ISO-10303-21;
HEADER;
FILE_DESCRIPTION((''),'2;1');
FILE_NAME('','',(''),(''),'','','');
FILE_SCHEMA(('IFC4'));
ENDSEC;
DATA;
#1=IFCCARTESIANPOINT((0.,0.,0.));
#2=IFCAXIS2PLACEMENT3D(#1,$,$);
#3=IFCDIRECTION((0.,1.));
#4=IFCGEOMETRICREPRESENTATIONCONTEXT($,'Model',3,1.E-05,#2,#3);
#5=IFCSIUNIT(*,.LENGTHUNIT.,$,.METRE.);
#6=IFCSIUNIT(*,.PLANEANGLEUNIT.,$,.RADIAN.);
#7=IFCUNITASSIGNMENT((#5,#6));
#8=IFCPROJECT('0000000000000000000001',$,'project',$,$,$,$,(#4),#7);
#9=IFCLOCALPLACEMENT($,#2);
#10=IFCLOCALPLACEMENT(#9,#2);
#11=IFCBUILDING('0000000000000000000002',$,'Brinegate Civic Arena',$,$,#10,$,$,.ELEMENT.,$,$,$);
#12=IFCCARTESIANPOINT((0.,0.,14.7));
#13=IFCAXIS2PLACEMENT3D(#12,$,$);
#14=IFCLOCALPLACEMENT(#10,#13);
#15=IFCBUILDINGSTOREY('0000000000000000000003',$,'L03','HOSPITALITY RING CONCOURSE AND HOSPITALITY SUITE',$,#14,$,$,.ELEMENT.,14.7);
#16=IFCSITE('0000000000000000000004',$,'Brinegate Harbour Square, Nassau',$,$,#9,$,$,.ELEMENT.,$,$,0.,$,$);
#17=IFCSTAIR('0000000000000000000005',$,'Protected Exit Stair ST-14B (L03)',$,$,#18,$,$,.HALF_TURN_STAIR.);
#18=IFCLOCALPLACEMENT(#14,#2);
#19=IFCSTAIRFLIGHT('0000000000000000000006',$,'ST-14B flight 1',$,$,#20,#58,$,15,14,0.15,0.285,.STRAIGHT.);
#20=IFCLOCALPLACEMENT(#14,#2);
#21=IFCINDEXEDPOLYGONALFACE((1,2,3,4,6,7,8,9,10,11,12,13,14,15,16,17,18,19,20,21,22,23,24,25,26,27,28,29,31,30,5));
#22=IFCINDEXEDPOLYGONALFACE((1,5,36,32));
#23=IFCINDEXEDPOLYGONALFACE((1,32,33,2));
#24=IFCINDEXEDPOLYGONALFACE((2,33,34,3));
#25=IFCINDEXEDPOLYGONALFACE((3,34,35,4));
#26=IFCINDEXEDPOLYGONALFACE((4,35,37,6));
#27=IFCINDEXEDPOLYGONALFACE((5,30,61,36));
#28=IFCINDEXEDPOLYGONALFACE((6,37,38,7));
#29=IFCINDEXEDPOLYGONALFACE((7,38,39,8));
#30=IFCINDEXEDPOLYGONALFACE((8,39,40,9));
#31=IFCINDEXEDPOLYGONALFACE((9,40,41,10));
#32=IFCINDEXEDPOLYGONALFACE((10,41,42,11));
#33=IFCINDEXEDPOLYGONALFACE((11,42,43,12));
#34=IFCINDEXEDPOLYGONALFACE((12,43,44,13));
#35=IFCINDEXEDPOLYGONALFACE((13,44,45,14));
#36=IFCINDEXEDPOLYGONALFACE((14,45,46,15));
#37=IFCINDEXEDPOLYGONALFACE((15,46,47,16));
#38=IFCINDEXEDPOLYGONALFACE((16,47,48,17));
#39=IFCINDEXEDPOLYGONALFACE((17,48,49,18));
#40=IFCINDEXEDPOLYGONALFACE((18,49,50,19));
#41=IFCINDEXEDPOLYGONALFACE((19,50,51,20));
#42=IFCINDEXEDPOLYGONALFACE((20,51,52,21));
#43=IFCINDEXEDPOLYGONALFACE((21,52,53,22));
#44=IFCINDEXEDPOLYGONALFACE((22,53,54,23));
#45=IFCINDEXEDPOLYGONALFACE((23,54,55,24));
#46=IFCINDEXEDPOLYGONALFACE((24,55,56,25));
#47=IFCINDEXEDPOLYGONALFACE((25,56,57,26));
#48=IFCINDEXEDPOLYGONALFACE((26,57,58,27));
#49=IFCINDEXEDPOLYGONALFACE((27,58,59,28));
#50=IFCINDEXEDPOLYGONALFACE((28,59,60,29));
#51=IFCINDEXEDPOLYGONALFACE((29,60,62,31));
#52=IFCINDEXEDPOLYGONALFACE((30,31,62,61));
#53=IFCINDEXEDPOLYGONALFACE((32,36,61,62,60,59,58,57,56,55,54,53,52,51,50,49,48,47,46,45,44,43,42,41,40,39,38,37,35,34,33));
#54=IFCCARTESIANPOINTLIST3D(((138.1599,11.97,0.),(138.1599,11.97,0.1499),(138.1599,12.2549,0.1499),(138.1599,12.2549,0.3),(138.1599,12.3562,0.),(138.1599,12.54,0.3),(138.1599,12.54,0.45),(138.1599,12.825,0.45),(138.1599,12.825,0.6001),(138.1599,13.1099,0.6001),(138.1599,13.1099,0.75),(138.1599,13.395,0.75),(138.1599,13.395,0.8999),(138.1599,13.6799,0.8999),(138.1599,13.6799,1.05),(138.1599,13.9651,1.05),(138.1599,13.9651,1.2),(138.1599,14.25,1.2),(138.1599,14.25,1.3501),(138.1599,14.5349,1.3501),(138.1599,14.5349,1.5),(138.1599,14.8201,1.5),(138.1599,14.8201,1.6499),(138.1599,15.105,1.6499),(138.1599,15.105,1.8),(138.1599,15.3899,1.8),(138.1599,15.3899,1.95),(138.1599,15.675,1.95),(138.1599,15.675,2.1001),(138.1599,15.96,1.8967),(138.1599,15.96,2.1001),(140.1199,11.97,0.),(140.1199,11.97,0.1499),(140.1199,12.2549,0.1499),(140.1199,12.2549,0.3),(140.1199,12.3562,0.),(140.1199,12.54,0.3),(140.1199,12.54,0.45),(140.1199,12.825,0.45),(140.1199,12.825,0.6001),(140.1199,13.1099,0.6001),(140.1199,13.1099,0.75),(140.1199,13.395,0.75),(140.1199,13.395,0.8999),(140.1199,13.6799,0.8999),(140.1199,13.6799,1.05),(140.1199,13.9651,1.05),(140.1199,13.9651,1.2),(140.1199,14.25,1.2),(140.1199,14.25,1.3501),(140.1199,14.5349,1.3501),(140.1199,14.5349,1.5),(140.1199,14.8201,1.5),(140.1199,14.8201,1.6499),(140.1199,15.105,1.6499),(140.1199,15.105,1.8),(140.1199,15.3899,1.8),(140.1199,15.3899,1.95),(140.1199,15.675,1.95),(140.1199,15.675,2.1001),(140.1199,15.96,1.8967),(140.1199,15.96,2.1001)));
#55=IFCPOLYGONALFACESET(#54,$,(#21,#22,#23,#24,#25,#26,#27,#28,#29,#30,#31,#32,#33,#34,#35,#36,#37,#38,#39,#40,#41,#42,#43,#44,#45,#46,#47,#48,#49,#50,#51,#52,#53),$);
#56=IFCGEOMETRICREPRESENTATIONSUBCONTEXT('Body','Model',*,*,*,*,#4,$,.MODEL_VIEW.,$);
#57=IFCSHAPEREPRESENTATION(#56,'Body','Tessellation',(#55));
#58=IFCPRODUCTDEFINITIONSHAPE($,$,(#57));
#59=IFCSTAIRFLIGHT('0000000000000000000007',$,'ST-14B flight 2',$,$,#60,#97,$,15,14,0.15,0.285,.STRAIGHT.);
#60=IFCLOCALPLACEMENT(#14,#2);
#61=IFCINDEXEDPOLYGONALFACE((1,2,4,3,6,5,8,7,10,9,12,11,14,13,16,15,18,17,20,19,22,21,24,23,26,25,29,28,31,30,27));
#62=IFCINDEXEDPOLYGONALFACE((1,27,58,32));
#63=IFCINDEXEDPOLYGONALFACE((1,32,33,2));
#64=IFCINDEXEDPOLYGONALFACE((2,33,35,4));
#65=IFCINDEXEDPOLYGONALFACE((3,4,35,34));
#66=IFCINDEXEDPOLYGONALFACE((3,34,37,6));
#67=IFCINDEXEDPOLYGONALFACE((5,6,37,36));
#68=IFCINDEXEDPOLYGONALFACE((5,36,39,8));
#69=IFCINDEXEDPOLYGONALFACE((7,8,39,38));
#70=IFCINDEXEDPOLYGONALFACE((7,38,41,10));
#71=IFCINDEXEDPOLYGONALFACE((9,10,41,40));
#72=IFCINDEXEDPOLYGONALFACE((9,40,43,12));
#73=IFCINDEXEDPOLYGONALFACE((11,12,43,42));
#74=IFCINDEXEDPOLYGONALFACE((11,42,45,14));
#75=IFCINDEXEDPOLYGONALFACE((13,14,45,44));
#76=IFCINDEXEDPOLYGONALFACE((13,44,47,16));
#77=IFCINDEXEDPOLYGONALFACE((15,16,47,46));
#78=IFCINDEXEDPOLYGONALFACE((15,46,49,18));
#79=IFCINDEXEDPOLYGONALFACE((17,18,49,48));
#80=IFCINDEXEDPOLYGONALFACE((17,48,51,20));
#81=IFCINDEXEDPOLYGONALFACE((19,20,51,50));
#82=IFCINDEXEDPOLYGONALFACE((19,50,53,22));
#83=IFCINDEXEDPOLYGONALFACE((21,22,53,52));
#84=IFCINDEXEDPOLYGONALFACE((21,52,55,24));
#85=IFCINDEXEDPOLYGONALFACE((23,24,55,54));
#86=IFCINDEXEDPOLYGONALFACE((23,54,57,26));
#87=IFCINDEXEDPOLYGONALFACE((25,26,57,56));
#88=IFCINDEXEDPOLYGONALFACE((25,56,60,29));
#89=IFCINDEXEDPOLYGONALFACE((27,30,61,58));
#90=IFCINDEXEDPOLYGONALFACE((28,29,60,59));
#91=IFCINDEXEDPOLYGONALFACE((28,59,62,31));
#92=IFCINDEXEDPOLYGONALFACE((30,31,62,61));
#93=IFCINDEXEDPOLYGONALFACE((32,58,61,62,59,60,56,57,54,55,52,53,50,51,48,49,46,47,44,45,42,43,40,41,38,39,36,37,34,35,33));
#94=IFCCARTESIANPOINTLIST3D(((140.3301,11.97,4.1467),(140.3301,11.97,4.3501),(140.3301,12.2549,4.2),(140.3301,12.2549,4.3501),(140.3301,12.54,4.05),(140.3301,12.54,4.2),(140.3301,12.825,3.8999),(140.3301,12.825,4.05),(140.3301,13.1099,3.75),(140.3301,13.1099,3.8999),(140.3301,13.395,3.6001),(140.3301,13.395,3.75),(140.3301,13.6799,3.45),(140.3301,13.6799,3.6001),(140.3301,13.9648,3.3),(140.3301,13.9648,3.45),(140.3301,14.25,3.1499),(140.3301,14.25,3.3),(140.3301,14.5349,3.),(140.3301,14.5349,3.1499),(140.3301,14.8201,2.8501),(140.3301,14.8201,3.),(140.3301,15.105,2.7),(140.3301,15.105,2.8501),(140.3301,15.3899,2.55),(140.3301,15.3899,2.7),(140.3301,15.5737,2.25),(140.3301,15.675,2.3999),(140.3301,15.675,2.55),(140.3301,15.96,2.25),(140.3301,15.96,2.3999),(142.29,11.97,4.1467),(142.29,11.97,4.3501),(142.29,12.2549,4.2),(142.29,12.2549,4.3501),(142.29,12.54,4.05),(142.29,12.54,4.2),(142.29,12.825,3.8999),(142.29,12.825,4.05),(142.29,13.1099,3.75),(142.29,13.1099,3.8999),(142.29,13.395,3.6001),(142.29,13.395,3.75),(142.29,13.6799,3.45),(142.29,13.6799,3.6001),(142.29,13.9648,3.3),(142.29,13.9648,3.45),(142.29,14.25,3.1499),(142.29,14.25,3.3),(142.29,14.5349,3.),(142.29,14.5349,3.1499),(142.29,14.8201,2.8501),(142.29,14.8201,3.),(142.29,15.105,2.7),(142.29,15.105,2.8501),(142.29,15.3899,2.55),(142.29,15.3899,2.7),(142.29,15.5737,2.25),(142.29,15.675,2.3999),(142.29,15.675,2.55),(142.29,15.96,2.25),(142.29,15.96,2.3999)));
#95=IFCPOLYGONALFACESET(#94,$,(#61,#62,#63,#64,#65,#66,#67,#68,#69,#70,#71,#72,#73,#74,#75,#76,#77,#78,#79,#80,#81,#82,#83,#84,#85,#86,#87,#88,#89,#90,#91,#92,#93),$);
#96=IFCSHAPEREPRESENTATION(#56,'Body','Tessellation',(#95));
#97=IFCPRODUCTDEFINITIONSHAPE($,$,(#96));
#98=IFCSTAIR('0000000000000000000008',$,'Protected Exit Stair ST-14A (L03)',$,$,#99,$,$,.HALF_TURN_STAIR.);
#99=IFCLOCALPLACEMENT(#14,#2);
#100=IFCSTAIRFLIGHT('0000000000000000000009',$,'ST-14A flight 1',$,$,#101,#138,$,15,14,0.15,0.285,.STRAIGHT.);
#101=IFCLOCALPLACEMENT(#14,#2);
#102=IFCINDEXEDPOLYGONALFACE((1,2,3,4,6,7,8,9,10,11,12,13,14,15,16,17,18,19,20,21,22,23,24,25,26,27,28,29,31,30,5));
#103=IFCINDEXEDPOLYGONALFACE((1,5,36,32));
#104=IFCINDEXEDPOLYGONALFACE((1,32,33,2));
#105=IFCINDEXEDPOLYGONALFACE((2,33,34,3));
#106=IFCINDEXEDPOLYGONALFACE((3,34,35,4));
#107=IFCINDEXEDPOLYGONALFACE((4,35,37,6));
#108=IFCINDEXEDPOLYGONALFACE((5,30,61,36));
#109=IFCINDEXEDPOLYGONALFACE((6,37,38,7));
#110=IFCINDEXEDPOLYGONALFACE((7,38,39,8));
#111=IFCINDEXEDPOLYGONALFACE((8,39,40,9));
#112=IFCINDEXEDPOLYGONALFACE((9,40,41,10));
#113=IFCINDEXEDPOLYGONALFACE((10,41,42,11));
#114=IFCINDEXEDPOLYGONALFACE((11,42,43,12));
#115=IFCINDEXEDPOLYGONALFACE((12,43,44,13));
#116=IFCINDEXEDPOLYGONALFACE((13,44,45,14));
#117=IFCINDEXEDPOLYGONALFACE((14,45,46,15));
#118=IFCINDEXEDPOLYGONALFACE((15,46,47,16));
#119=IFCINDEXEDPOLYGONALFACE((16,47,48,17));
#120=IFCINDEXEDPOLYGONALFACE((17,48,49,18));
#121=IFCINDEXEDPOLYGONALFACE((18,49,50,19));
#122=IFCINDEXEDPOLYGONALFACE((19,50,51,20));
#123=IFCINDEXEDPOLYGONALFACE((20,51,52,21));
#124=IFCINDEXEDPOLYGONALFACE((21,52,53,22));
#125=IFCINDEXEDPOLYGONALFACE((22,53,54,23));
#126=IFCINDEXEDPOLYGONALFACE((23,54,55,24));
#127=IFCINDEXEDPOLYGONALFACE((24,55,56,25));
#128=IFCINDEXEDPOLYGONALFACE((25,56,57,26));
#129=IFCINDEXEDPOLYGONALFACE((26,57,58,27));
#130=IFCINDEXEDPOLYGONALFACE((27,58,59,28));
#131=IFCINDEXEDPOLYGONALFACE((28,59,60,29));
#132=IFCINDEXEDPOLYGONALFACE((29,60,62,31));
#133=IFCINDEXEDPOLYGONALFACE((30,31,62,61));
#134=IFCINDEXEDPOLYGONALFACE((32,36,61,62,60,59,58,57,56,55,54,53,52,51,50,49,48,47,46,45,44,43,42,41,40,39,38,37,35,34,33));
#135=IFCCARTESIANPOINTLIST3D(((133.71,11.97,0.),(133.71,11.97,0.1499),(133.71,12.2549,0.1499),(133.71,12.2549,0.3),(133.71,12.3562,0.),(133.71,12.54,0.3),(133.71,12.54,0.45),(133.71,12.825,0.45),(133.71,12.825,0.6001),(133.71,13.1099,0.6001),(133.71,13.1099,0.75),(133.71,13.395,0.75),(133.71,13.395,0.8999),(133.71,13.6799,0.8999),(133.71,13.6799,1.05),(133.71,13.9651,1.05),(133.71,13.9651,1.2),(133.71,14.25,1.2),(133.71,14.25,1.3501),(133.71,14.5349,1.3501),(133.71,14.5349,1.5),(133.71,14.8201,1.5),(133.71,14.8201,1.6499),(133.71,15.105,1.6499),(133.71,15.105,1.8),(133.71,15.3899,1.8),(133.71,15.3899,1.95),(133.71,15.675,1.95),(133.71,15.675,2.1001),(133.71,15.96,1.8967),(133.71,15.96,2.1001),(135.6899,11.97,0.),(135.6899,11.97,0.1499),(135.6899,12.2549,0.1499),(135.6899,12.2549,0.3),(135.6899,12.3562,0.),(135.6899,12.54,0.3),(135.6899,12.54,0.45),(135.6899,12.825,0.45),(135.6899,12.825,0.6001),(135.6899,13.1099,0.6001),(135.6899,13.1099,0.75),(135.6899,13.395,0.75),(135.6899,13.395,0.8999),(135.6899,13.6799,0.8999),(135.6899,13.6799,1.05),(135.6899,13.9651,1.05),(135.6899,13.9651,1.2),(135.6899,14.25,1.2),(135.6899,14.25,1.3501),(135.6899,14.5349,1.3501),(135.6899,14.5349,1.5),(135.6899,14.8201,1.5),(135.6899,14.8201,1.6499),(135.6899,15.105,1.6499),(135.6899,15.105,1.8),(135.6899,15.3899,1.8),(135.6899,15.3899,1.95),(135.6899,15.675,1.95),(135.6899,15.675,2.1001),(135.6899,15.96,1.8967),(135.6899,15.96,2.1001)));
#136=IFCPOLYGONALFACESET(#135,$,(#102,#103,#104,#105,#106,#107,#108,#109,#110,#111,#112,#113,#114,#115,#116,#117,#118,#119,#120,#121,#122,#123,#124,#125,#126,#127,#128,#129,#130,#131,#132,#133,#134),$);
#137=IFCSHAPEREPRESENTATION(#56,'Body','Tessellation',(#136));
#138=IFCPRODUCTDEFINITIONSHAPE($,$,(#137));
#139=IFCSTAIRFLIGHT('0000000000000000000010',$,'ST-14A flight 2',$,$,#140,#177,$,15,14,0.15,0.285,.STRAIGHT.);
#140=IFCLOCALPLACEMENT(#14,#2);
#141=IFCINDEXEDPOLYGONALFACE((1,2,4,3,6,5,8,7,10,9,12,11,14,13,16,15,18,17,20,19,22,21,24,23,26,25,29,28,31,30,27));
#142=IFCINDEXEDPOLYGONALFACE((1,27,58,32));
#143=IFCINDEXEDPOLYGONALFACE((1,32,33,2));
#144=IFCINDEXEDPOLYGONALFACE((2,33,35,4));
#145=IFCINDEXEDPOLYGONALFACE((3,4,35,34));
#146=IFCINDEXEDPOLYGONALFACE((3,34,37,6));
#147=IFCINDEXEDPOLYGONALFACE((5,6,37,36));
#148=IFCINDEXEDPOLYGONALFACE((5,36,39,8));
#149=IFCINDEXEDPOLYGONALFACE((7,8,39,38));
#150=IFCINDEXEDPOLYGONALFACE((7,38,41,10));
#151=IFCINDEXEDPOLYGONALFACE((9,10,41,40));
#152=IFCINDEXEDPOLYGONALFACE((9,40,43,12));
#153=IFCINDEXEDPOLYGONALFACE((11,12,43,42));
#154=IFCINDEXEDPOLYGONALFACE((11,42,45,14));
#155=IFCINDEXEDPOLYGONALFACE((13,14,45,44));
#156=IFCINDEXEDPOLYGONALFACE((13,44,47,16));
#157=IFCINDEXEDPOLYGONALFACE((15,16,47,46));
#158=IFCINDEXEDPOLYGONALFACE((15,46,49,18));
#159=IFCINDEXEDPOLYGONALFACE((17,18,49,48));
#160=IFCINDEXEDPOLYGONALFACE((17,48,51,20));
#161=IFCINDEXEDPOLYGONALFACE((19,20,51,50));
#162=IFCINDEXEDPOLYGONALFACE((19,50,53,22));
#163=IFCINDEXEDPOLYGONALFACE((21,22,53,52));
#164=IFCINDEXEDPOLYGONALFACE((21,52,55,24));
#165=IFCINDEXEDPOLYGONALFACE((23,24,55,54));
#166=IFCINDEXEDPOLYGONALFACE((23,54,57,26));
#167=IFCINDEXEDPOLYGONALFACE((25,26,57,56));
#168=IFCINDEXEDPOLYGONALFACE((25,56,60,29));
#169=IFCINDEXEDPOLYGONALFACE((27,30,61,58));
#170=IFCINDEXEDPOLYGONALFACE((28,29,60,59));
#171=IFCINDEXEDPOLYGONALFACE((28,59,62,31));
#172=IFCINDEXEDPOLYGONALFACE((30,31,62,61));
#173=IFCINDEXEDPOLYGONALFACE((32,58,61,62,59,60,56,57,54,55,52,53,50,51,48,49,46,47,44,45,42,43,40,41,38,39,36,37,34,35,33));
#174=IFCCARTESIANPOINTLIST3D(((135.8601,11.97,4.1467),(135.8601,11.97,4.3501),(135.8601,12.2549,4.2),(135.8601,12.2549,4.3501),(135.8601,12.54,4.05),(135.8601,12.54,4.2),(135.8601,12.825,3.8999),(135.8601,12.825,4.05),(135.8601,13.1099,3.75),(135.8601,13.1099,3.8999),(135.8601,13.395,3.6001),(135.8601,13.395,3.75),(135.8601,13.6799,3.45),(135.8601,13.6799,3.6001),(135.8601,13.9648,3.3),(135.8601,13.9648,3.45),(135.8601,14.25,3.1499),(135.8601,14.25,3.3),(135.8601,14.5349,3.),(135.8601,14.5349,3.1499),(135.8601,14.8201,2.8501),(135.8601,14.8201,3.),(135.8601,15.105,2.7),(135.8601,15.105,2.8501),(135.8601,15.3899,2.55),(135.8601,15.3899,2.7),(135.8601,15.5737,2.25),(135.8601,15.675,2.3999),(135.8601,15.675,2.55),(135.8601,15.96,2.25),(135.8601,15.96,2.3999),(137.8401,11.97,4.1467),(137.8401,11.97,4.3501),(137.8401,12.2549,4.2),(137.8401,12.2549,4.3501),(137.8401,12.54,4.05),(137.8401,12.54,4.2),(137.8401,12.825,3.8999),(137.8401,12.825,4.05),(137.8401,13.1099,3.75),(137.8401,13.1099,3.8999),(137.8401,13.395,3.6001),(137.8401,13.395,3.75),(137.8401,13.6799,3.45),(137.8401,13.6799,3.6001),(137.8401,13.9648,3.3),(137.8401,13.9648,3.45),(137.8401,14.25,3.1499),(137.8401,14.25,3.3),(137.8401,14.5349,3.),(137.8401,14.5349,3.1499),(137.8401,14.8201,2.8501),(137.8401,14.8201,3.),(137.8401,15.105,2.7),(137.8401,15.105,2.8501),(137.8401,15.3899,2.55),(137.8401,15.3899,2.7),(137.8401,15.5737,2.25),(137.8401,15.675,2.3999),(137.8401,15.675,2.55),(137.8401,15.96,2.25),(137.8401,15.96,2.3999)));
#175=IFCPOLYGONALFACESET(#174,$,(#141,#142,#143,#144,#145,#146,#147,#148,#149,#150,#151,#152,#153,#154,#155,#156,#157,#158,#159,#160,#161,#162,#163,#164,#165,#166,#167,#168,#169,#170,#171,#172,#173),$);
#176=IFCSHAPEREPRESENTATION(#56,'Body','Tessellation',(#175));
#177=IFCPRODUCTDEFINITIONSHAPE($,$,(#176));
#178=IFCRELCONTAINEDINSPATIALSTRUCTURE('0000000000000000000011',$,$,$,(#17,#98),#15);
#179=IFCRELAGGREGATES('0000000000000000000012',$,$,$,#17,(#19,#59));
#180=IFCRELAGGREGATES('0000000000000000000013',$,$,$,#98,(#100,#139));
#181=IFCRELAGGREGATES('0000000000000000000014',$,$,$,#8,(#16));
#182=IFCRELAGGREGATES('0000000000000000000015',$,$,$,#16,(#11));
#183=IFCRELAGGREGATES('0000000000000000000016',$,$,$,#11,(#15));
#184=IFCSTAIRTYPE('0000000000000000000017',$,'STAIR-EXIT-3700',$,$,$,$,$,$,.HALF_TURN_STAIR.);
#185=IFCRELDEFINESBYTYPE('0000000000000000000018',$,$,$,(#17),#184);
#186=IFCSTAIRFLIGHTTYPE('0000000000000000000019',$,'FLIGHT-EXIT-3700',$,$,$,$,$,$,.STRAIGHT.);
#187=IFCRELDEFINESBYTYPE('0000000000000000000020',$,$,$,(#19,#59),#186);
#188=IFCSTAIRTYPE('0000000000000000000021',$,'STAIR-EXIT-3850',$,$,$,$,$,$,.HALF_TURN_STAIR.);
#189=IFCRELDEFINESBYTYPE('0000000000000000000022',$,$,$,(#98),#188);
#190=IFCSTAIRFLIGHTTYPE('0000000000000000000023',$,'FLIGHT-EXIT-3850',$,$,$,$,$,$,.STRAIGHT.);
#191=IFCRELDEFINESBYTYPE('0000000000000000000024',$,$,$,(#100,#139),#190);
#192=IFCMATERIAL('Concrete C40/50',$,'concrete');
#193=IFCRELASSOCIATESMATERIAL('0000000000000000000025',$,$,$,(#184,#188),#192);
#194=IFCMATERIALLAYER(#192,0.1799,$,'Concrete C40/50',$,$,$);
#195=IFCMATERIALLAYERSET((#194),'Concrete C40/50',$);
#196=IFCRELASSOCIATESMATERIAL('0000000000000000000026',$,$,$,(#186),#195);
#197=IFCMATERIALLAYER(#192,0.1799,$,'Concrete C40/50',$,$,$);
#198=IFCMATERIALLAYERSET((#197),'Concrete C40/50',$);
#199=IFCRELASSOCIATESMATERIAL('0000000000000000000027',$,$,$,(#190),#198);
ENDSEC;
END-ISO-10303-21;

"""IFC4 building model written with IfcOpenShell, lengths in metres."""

from ifc_helpers import new_model, si_unit, direction, frame, origin, place, context, subcontext, project, spatial, polyline, outline, extrude, material, layer, layer_set, type_object, element, aggregate, save


model = new_model("IFC4")

# Units and contexts
model_context = context("Model", 3, precision=1e-05, world=origin(), true_north=direction((0.0, 1.0)))
body_context = subcontext(model_context, "Body", "Model", "MODEL_VIEW")
ifc_project = project(units=[si_unit("LENGTHUNIT", "METRE"), si_unit("PLANEANGLEUNIT", "RADIAN")], contexts=[model_context])

# Site, building, storey
site_placement = place(None, origin())
site = spatial("IfcSite", under=ifc_project, at=site_placement, Name="Brinegate Harbour Square, Nassau", CompositionType="ELEMENT", RefElevation=0.0)
building_placement = place(site_placement, origin())
building = spatial("IfcBuilding", under=site, at=building_placement, Name="Brinegate Civic Arena", CompositionType="ELEMENT")
storey_placement = place(building_placement, frame((0.0, 0.0, 14.7)))
storey = spatial("IfcBuildingStorey", under=building, at=storey_placement, Name="L03", Description="HOSPITALITY RING CONCOURSE AND HOSPITALITY SUITE", CompositionType="ELEMENT", Elevation=14.7)

# Shared definitions
ifc_material_1 = material(Name="Concrete C40/50", Category="concrete")

# Stairs, stair flights
stair_type_1 = type_object("IfcStairType", Name="STAIR-EXIT-3700", PredefinedType="HALF_TURN_STAIR", material=ifc_material_1)
stair_1_placement = place(storey_placement, origin())
stair_1 = element("IfcStair", 1, at=stair_1_placement, inside=storey, type_object=stair_type_1, Name="Protected Exit Stair ST-14B (L03)", PredefinedType="HALF_TURN_STAIR")
ifc_layer_1 = layer(ifc_material_1, 0.1799, Name="Concrete C40/50")
ifc_layer_set_1 = layer_set([ifc_layer_1], Name="Concrete C40/50")
stair_flight_type_1 = type_object("IfcStairFlightType", Name="FLIGHT-EXIT-3700", PredefinedType="STRAIGHT", material=ifc_layer_set_1)
stair_flight_1_placement = place(storey_placement, frame((139.1399, 11.97, 0.0), z_axis=(0.0, 0.0, 1.0), x_axis=(0.0, 1.0, 0.0)))
stair_flight_1 = element("IfcStairFlight", 2, at=stair_flight_1_placement, type_object=stair_flight_type_1, Name="ST-14B flight 1", NumberOfRisers=15, NumberOfTreads=14, PredefinedType="STRAIGHT", RiserHeight=0.15, TreadLength=0.285, context=body_context, shape_type="SweptSolid", body=[
    extrude(outline(polyline([(0.0, 0.0), (0.0, 0.1499), (0.2849, 0.1499), (0.2849, 0.3), (0.5701, 0.3), (0.5701, 0.45), (0.855, 0.45), (0.855, 0.6001), (1.1399, 0.6001), (1.1399, 0.75), (1.425, 0.75), (1.425, 0.8999), (1.71, 0.8999), (1.71, 1.05), (1.9951, 1.05), (1.9951, 1.2), (2.28, 1.2), (2.28, 1.3501), (2.5649, 1.3501), (2.5649, 1.5), (2.8501, 1.5), (2.8501, 1.6499), (3.135, 1.6499), (3.135, 1.8), (3.4199, 1.8), (3.4199, 1.95), (3.7051, 1.95), (3.7051, 2.1001), (3.99, 2.1001), (3.99, 2.25), (3.99, 1.8967), (0.3862, 0.0), (0.0, 0.0)])), frame((0.0, 0.98, 0.0), z_axis=(0.0, -1.0, 0.0), x_axis=(1.0, 0.0, 0.0)), (0.0, 0.0, 1.0), 1.96),
])
stair_flight_2_placement = place(storey_placement, frame((141.3101, 15.96, 2.25), z_axis=(0.0, 0.0, 1.0), x_axis=(0.0, -1.0, 0.0)))
stair_flight_2 = element("IfcStairFlight", 3, at=stair_flight_2_placement, type_object=stair_flight_type_1, Name="ST-14B flight 2", NumberOfRisers=15, NumberOfTreads=14, PredefinedType="STRAIGHT", RiserHeight=0.15, TreadLength=0.285, context=body_context, shape_type="SweptSolid", body=[
    extrude(outline(polyline([(0.0, 0.0), (0.0, 0.1499), (0.2849, 0.1499), (0.2849, 0.3), (0.5701, 0.3), (0.5701, 0.45), (0.855, 0.45), (0.855, 0.6001), (1.1399, 0.6001), (1.1399, 0.75), (1.425, 0.75), (1.425, 0.8999), (1.71, 0.8999), (1.71, 1.05), (1.9951, 1.05), (1.9951, 1.2), (2.28, 1.2), (2.28, 1.3501), (2.5649, 1.3501), (2.5649, 1.5), (2.8501, 1.5), (2.8501, 1.6499), (3.135, 1.6499), (3.135, 1.8), (3.4199, 1.8), (3.4199, 1.95), (3.7051, 1.95), (3.7051, 2.1001), (3.99, 2.1001), (3.99, 2.25), (3.99, 1.8967), (0.3862, 0.0), (0.0, 0.0)])), frame((0.0, 0.98, 0.0), z_axis=(0.0, -1.0, 0.0), x_axis=(1.0, 0.0, 0.0)), (0.0, 0.0, 1.0), 1.96),
])
aggregate(stair_1, [stair_flight_1, stair_flight_2])
stair_type_2 = type_object("IfcStairType", Name="STAIR-EXIT-3850", PredefinedType="HALF_TURN_STAIR", material=ifc_material_1)
stair_2_placement = place(storey_placement, origin())
stair_2 = element("IfcStair", 4, at=stair_2_placement, inside=storey, type_object=stair_type_2, Name="Protected Exit Stair ST-14A (L03)", PredefinedType="HALF_TURN_STAIR")
ifc_layer_2 = layer(ifc_material_1, 0.1799, Name="Concrete C40/50")
ifc_layer_set_2 = layer_set([ifc_layer_2], Name="Concrete C40/50")
stair_flight_type_2 = type_object("IfcStairFlightType", Name="FLIGHT-EXIT-3850", PredefinedType="STRAIGHT", material=ifc_layer_set_2)
stair_flight_3_placement = place(storey_placement, frame((134.7, 11.97, 0.0), z_axis=(0.0, 0.0, 1.0), x_axis=(0.0, 1.0, 0.0)))
stair_flight_3 = element("IfcStairFlight", 5, at=stair_flight_3_placement, type_object=stair_flight_type_2, Name="ST-14A flight 1", NumberOfRisers=15, NumberOfTreads=14, PredefinedType="STRAIGHT", RiserHeight=0.15, TreadLength=0.285, context=body_context, shape_type="SweptSolid", body=[
    extrude(outline(polyline([(0.0, 0.0), (0.0, 0.1499), (0.2849, 0.1499), (0.2849, 0.3), (0.5701, 0.3), (0.5701, 0.45), (0.855, 0.45), (0.855, 0.6001), (1.1399, 0.6001), (1.1399, 0.75), (1.425, 0.75), (1.425, 0.8999), (1.71, 0.8999), (1.71, 1.05), (1.9951, 1.05), (1.9951, 1.2), (2.28, 1.2), (2.28, 1.3501), (2.5649, 1.3501), (2.5649, 1.5), (2.8501, 1.5), (2.8501, 1.6499), (3.135, 1.6499), (3.135, 1.8), (3.4199, 1.8), (3.4199, 1.95), (3.7051, 1.95), (3.7051, 2.1001), (3.99, 2.1001), (3.99, 2.25), (3.99, 1.8967), (0.3862, 0.0), (0.0, 0.0)])), frame((0.0, 0.99, 0.0), z_axis=(0.0, -1.0, 0.0), x_axis=(1.0, 0.0, 0.0)), (0.0, 0.0, 1.0), 1.98),
])
stair_flight_4_placement = place(storey_placement, frame((136.8501, 15.96, 2.25), z_axis=(0.0, 0.0, 1.0), x_axis=(0.0, -1.0, 0.0)))
stair_flight_4 = element("IfcStairFlight", 6, at=stair_flight_4_placement, type_object=stair_flight_type_2, Name="ST-14A flight 2", NumberOfRisers=15, NumberOfTreads=14, PredefinedType="STRAIGHT", RiserHeight=0.15, TreadLength=0.285, context=body_context, shape_type="SweptSolid", body=[
    extrude(outline(polyline([(0.0, 0.0), (0.0, 0.1499), (0.2849, 0.1499), (0.2849, 0.3), (0.5701, 0.3), (0.5701, 0.45), (0.855, 0.45), (0.855, 0.6001), (1.1399, 0.6001), (1.1399, 0.75), (1.425, 0.75), (1.425, 0.8999), (1.71, 0.8999), (1.71, 1.05), (1.9951, 1.05), (1.9951, 1.2), (2.28, 1.2), (2.28, 1.3501), (2.5649, 1.3501), (2.5649, 1.5), (2.8501, 1.5), (2.8501, 1.6499), (3.135, 1.6499), (3.135, 1.8), (3.4199, 1.8), (3.4199, 1.95), (3.7051, 1.95), (3.7051, 2.1001), (3.99, 2.1001), (3.99, 2.25), (3.99, 1.8967), (0.3862, 0.0), (0.0, 0.0)])), frame((0.0, 0.99, 0.0), z_axis=(0.0, -1.0, 0.0), x_axis=(1.0, 0.0, 0.0)), (0.0, 0.0, 1.0), 1.98),
])
aggregate(stair_2, [stair_flight_3, stair_flight_4])

save(model, "model.ifc")
